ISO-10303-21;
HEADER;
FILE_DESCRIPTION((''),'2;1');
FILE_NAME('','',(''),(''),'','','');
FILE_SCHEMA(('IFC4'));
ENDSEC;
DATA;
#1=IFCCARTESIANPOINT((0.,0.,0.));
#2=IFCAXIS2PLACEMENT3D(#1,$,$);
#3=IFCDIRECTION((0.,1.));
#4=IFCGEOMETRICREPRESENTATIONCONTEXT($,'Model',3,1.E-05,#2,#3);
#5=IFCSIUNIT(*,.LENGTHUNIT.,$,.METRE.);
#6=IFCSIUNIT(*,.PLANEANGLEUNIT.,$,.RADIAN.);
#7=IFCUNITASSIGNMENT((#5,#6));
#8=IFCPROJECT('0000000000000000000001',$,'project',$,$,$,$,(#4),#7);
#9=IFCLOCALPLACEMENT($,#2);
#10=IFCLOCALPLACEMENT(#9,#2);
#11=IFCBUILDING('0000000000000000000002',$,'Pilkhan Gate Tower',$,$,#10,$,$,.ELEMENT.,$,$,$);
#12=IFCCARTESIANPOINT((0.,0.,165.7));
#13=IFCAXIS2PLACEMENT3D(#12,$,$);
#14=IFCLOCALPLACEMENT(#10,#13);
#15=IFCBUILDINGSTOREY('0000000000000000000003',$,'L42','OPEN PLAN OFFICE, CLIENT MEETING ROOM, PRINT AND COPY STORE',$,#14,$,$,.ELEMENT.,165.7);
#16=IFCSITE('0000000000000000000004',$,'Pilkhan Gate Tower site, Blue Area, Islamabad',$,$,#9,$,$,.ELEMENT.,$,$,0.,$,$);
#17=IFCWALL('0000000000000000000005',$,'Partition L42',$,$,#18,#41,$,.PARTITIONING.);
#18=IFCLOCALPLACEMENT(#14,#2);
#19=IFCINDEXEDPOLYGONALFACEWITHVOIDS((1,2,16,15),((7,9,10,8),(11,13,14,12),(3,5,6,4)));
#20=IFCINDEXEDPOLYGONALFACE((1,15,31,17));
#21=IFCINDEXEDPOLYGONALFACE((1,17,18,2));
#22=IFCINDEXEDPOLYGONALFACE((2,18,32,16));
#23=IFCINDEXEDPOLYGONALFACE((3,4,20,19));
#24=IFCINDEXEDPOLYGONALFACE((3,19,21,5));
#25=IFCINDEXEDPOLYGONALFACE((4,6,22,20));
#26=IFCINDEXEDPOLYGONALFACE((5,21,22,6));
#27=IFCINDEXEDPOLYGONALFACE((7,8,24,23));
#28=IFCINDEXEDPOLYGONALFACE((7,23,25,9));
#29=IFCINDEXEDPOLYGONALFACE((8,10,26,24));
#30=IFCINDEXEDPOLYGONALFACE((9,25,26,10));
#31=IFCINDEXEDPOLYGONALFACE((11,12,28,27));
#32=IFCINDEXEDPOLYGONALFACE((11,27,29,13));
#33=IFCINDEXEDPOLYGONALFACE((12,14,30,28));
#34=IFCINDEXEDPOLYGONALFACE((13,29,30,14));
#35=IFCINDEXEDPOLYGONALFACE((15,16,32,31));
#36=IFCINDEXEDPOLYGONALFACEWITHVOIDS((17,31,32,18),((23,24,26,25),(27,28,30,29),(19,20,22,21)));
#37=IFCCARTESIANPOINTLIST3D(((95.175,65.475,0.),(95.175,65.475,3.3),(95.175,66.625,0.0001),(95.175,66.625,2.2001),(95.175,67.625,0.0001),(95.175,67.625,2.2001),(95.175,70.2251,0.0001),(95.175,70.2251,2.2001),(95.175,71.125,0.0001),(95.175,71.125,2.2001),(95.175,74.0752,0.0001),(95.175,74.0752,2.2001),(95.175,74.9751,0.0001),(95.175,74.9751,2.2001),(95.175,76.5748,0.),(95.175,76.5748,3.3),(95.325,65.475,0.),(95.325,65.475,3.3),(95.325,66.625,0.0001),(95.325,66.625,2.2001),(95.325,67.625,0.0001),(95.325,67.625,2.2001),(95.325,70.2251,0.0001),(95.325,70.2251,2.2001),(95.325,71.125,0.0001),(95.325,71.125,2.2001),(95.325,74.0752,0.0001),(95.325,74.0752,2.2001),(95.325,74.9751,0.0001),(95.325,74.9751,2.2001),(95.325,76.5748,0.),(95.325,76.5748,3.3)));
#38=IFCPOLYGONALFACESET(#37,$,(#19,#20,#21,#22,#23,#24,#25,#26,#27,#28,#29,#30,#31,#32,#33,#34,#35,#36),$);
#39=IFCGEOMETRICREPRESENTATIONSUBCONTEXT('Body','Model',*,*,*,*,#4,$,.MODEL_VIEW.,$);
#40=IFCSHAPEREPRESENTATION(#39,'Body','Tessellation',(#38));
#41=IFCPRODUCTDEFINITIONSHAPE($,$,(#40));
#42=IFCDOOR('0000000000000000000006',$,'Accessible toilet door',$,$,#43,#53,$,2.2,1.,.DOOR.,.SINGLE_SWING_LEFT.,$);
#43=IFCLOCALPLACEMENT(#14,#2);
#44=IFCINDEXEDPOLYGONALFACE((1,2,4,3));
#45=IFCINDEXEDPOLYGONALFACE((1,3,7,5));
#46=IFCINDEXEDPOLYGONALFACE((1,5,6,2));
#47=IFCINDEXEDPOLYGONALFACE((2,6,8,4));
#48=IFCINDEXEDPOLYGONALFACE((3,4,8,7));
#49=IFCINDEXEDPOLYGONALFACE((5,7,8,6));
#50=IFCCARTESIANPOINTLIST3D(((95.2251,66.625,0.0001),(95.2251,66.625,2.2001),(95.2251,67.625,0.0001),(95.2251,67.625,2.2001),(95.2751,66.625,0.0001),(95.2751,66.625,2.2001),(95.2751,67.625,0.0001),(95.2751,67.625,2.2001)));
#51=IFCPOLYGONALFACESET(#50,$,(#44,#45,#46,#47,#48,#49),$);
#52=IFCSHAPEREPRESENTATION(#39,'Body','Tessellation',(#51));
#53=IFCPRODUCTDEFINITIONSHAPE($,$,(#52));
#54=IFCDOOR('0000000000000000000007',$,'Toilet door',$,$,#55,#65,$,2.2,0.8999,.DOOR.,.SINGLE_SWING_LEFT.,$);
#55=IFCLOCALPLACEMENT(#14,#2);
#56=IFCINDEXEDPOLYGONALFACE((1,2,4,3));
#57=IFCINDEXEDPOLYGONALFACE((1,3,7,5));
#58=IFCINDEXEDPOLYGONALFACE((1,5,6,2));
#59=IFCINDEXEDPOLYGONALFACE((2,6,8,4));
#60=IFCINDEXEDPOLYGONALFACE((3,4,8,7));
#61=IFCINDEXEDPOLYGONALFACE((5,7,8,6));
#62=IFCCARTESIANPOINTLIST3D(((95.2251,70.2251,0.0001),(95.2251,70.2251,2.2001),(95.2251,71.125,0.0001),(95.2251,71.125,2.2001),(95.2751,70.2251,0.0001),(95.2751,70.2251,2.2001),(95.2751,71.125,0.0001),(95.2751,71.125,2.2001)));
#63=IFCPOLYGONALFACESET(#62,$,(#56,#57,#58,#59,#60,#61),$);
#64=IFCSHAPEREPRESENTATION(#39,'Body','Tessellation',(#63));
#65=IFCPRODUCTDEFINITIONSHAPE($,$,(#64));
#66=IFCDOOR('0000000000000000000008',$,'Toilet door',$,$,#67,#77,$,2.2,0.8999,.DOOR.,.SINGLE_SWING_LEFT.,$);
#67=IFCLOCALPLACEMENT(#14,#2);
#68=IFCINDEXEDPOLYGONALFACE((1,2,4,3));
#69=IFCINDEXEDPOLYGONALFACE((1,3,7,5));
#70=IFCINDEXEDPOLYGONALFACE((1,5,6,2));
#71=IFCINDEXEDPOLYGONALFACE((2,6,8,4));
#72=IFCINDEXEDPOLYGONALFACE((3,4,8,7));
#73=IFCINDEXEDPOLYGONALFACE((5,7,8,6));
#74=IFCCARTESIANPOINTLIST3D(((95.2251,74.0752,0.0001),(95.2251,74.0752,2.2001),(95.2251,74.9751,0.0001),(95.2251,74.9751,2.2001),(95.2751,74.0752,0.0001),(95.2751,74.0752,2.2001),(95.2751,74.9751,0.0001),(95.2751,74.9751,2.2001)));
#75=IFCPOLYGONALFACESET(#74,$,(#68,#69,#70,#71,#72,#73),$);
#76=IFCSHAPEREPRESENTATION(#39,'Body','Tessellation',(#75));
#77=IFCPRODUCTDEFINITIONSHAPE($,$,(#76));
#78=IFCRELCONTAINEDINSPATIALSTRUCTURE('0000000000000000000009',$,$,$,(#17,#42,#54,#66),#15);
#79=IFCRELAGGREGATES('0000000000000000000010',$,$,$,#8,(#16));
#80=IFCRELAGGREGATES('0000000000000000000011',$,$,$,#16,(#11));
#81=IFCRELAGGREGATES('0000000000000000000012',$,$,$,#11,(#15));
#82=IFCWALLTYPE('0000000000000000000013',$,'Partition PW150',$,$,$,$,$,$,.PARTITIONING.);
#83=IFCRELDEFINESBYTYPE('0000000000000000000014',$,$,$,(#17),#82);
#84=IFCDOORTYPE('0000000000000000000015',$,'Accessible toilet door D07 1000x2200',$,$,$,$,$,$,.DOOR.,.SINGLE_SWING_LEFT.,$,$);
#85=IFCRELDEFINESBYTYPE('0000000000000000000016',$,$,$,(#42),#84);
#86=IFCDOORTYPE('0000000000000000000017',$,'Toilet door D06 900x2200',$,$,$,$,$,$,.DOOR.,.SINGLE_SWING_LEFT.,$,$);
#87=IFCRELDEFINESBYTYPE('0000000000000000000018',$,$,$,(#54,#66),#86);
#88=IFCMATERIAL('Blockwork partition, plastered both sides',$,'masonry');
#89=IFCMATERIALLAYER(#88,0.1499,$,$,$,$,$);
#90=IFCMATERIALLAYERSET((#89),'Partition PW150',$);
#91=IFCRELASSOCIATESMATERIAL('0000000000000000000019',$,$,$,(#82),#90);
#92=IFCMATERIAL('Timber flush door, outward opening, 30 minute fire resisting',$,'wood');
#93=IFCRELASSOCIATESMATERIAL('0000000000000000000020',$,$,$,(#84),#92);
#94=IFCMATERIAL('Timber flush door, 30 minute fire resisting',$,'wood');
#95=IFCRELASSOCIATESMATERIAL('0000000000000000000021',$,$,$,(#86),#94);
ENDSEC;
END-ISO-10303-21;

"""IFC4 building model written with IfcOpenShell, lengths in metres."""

from ifc_helpers import new_model, si_unit, direction, frame, frame_2d, origin, place, context, subcontext, project, spatial, rectangle, extrude, material, layer, layer_set, type_object, element, fill, save


model = new_model("IFC4")

# Units and contexts
model_context = context("Model", 3, precision=1e-05, world=origin(), true_north=direction((0.0, 1.0)))
body_context = subcontext(model_context, "Body", "Model", "MODEL_VIEW")
ifc_project = project(units=[si_unit("LENGTHUNIT", "METRE"), si_unit("PLANEANGLEUNIT", "RADIAN")], contexts=[model_context])

# Site, building, storey
site_placement = place(None, origin())
site = spatial("IfcSite", under=ifc_project, at=site_placement, Name="Pilkhan Gate Tower site, Blue Area, Islamabad", CompositionType="ELEMENT", RefElevation=0.0)
building_placement = place(site_placement, origin())
building = spatial("IfcBuilding", under=site, at=building_placement, Name="Pilkhan Gate Tower", CompositionType="ELEMENT")
storey_placement = place(building_placement, frame((0.0, 0.0, 165.7)))
storey = spatial("IfcBuildingStorey", under=building, at=storey_placement, Name="L42", Description="OPEN PLAN OFFICE, CLIENT MEETING ROOM, PRINT AND COPY STORE", CompositionType="ELEMENT", Elevation=165.7)

# Shared definitions
ifc_material_1 = material(Name="Timber flush door, 30 minute fire resisting", Category="wood")

# Shared definitions
ifc_material_2 = material(Name="Blockwork partition, plastered both sides", Category="masonry")
ifc_layer_1 = layer(ifc_material_2, 0.1499)
ifc_layer_set_1 = layer_set([ifc_layer_1], Name="Partition PW150")
wall_type_1 = type_object("IfcWallType", Name="Partition PW150", PredefinedType="PARTITIONING", material=ifc_layer_set_1)

# Wall, openings, doors
wall_1_placement = place(storey_placement, frame((95.25, 65.4751, 0.0), z_axis=(0.0, 0.0, 1.0), x_axis=(0.0, 1.0, 0.0)))
wall_1 = element("IfcWall", 1, at=wall_1_placement, inside=storey, type_object=wall_type_1, Name="Partition L42", PredefinedType="PARTITIONING", context=body_context, shape_type="SweptSolid", body=[
    extrude(rectangle(XDim=11.0999, YDim=0.1499, at=frame_2d((5.5498, 0.0))), origin(), (0.0, 0.0, 1.0), 3.3),
])
opening_1_placement = place(wall_1_placement, frame((1.1499, 0.0, 0.0)))
opening_1 = element("IfcOpeningElement", 2, at=opening_1_placement, cuts=wall_1, PredefinedType="OPENING", context=body_context, shape_type="SweptSolid", body=[
    extrude(rectangle(XDim=1.0, YDim=2.2, at=frame_2d((0.5, 1.1001))), frame((0.0, 0.085, 0.0), z_axis=(0.0, -1.0, 0.0), x_axis=(1.0, 0.0, 0.0)), (0.0, 0.0, 1.0), 0.1699),
])
opening_2_placement = place(wall_1_placement, frame((4.75, 0.0, 0.0)))
opening_2 = element("IfcOpeningElement", 3, at=opening_2_placement, cuts=wall_1, PredefinedType="OPENING", context=body_context, shape_type="SweptSolid", body=[
    extrude(rectangle(XDim=0.8999, YDim=2.2, at=frame_2d((0.45, 1.1001))), frame((0.0, 0.085, 0.0), z_axis=(0.0, -1.0, 0.0), x_axis=(1.0, 0.0, 0.0)), (0.0, 0.0, 1.0), 0.1699),
])
opening_3_placement = place(wall_1_placement, frame((8.6001, 0.0, 0.0)))
opening_3 = element("IfcOpeningElement", 4, at=opening_3_placement, cuts=wall_1, PredefinedType="OPENING", context=body_context, shape_type="SweptSolid", body=[
    extrude(rectangle(XDim=0.8999, YDim=2.2, at=frame_2d((0.45, 1.1001))), frame((0.0, 0.085, 0.0), z_axis=(0.0, -1.0, 0.0), x_axis=(1.0, 0.0, 0.0)), (0.0, 0.0, 1.0), 0.1699),
])
ifc_material_3 = material(Name="Timber flush door, outward opening, 30 minute fire resisting", Category="wood")
door_type_1 = type_object("IfcDoorType", Name="Accessible toilet door D07 1000x2200", OperationType="SINGLE_SWING_LEFT", PredefinedType="DOOR", material=ifc_material_3)
door_1_placement = place(opening_1_placement, origin())
door_1 = element("IfcDoor", 5, at=door_1_placement, inside=storey, type_object=door_type_1, Name="Accessible toilet door", OperationType="SINGLE_SWING_LEFT", OverallHeight=2.2, OverallWidth=1.0, PredefinedType="DOOR", context=body_context, shape_type="SweptSolid", body=[
    extrude(rectangle(XDim=1.0, YDim=2.2, at=frame_2d((0.5, 1.1001))), frame((0.0, 0.0249, 0.0), z_axis=(0.0, -1.0, 0.0), x_axis=(1.0, 0.0, 0.0)), (0.0, 0.0, 1.0), 0.05),
])
fill(opening_1, door_1)
door_type_2 = type_object("IfcDoorType", Name="Toilet door D06 900x2200", OperationType="SINGLE_SWING_LEFT", PredefinedType="DOOR", material=ifc_material_1)
door_2_placement = place(opening_2_placement, origin())
door_2 = element("IfcDoor", 6, at=door_2_placement, inside=storey, type_object=door_type_2, Name="Toilet door", OperationType="SINGLE_SWING_LEFT", OverallHeight=2.2, OverallWidth=0.8999, PredefinedType="DOOR", context=body_context, shape_type="SweptSolid", body=[
    extrude(rectangle(XDim=0.8999, YDim=2.2, at=frame_2d((0.45, 1.1001))), frame((0.0, 0.0249, 0.0), z_axis=(0.0, -1.0, 0.0), x_axis=(1.0, 0.0, 0.0)), (0.0, 0.0, 1.0), 0.05),
])
fill(opening_2, door_2)
door_3_placement = place(opening_3_placement, origin())
door_3 = element("IfcDoor", 7, at=door_3_placement, inside=storey, type_object=door_type_2, Name="Toilet door", OperationType="SINGLE_SWING_LEFT", OverallHeight=2.2, OverallWidth=0.8999, PredefinedType="DOOR", context=body_context, shape_type="SweptSolid", body=[
    extrude(rectangle(XDim=0.8999, YDim=2.2, at=frame_2d((0.45, 1.1001))), frame((0.0, 0.0249, 0.0), z_axis=(0.0, -1.0, 0.0), x_axis=(1.0, 0.0, 0.0)), (0.0, 0.0, 1.0), 0.05),
])
fill(opening_3, door_3)

save(model, "model.ifc")
